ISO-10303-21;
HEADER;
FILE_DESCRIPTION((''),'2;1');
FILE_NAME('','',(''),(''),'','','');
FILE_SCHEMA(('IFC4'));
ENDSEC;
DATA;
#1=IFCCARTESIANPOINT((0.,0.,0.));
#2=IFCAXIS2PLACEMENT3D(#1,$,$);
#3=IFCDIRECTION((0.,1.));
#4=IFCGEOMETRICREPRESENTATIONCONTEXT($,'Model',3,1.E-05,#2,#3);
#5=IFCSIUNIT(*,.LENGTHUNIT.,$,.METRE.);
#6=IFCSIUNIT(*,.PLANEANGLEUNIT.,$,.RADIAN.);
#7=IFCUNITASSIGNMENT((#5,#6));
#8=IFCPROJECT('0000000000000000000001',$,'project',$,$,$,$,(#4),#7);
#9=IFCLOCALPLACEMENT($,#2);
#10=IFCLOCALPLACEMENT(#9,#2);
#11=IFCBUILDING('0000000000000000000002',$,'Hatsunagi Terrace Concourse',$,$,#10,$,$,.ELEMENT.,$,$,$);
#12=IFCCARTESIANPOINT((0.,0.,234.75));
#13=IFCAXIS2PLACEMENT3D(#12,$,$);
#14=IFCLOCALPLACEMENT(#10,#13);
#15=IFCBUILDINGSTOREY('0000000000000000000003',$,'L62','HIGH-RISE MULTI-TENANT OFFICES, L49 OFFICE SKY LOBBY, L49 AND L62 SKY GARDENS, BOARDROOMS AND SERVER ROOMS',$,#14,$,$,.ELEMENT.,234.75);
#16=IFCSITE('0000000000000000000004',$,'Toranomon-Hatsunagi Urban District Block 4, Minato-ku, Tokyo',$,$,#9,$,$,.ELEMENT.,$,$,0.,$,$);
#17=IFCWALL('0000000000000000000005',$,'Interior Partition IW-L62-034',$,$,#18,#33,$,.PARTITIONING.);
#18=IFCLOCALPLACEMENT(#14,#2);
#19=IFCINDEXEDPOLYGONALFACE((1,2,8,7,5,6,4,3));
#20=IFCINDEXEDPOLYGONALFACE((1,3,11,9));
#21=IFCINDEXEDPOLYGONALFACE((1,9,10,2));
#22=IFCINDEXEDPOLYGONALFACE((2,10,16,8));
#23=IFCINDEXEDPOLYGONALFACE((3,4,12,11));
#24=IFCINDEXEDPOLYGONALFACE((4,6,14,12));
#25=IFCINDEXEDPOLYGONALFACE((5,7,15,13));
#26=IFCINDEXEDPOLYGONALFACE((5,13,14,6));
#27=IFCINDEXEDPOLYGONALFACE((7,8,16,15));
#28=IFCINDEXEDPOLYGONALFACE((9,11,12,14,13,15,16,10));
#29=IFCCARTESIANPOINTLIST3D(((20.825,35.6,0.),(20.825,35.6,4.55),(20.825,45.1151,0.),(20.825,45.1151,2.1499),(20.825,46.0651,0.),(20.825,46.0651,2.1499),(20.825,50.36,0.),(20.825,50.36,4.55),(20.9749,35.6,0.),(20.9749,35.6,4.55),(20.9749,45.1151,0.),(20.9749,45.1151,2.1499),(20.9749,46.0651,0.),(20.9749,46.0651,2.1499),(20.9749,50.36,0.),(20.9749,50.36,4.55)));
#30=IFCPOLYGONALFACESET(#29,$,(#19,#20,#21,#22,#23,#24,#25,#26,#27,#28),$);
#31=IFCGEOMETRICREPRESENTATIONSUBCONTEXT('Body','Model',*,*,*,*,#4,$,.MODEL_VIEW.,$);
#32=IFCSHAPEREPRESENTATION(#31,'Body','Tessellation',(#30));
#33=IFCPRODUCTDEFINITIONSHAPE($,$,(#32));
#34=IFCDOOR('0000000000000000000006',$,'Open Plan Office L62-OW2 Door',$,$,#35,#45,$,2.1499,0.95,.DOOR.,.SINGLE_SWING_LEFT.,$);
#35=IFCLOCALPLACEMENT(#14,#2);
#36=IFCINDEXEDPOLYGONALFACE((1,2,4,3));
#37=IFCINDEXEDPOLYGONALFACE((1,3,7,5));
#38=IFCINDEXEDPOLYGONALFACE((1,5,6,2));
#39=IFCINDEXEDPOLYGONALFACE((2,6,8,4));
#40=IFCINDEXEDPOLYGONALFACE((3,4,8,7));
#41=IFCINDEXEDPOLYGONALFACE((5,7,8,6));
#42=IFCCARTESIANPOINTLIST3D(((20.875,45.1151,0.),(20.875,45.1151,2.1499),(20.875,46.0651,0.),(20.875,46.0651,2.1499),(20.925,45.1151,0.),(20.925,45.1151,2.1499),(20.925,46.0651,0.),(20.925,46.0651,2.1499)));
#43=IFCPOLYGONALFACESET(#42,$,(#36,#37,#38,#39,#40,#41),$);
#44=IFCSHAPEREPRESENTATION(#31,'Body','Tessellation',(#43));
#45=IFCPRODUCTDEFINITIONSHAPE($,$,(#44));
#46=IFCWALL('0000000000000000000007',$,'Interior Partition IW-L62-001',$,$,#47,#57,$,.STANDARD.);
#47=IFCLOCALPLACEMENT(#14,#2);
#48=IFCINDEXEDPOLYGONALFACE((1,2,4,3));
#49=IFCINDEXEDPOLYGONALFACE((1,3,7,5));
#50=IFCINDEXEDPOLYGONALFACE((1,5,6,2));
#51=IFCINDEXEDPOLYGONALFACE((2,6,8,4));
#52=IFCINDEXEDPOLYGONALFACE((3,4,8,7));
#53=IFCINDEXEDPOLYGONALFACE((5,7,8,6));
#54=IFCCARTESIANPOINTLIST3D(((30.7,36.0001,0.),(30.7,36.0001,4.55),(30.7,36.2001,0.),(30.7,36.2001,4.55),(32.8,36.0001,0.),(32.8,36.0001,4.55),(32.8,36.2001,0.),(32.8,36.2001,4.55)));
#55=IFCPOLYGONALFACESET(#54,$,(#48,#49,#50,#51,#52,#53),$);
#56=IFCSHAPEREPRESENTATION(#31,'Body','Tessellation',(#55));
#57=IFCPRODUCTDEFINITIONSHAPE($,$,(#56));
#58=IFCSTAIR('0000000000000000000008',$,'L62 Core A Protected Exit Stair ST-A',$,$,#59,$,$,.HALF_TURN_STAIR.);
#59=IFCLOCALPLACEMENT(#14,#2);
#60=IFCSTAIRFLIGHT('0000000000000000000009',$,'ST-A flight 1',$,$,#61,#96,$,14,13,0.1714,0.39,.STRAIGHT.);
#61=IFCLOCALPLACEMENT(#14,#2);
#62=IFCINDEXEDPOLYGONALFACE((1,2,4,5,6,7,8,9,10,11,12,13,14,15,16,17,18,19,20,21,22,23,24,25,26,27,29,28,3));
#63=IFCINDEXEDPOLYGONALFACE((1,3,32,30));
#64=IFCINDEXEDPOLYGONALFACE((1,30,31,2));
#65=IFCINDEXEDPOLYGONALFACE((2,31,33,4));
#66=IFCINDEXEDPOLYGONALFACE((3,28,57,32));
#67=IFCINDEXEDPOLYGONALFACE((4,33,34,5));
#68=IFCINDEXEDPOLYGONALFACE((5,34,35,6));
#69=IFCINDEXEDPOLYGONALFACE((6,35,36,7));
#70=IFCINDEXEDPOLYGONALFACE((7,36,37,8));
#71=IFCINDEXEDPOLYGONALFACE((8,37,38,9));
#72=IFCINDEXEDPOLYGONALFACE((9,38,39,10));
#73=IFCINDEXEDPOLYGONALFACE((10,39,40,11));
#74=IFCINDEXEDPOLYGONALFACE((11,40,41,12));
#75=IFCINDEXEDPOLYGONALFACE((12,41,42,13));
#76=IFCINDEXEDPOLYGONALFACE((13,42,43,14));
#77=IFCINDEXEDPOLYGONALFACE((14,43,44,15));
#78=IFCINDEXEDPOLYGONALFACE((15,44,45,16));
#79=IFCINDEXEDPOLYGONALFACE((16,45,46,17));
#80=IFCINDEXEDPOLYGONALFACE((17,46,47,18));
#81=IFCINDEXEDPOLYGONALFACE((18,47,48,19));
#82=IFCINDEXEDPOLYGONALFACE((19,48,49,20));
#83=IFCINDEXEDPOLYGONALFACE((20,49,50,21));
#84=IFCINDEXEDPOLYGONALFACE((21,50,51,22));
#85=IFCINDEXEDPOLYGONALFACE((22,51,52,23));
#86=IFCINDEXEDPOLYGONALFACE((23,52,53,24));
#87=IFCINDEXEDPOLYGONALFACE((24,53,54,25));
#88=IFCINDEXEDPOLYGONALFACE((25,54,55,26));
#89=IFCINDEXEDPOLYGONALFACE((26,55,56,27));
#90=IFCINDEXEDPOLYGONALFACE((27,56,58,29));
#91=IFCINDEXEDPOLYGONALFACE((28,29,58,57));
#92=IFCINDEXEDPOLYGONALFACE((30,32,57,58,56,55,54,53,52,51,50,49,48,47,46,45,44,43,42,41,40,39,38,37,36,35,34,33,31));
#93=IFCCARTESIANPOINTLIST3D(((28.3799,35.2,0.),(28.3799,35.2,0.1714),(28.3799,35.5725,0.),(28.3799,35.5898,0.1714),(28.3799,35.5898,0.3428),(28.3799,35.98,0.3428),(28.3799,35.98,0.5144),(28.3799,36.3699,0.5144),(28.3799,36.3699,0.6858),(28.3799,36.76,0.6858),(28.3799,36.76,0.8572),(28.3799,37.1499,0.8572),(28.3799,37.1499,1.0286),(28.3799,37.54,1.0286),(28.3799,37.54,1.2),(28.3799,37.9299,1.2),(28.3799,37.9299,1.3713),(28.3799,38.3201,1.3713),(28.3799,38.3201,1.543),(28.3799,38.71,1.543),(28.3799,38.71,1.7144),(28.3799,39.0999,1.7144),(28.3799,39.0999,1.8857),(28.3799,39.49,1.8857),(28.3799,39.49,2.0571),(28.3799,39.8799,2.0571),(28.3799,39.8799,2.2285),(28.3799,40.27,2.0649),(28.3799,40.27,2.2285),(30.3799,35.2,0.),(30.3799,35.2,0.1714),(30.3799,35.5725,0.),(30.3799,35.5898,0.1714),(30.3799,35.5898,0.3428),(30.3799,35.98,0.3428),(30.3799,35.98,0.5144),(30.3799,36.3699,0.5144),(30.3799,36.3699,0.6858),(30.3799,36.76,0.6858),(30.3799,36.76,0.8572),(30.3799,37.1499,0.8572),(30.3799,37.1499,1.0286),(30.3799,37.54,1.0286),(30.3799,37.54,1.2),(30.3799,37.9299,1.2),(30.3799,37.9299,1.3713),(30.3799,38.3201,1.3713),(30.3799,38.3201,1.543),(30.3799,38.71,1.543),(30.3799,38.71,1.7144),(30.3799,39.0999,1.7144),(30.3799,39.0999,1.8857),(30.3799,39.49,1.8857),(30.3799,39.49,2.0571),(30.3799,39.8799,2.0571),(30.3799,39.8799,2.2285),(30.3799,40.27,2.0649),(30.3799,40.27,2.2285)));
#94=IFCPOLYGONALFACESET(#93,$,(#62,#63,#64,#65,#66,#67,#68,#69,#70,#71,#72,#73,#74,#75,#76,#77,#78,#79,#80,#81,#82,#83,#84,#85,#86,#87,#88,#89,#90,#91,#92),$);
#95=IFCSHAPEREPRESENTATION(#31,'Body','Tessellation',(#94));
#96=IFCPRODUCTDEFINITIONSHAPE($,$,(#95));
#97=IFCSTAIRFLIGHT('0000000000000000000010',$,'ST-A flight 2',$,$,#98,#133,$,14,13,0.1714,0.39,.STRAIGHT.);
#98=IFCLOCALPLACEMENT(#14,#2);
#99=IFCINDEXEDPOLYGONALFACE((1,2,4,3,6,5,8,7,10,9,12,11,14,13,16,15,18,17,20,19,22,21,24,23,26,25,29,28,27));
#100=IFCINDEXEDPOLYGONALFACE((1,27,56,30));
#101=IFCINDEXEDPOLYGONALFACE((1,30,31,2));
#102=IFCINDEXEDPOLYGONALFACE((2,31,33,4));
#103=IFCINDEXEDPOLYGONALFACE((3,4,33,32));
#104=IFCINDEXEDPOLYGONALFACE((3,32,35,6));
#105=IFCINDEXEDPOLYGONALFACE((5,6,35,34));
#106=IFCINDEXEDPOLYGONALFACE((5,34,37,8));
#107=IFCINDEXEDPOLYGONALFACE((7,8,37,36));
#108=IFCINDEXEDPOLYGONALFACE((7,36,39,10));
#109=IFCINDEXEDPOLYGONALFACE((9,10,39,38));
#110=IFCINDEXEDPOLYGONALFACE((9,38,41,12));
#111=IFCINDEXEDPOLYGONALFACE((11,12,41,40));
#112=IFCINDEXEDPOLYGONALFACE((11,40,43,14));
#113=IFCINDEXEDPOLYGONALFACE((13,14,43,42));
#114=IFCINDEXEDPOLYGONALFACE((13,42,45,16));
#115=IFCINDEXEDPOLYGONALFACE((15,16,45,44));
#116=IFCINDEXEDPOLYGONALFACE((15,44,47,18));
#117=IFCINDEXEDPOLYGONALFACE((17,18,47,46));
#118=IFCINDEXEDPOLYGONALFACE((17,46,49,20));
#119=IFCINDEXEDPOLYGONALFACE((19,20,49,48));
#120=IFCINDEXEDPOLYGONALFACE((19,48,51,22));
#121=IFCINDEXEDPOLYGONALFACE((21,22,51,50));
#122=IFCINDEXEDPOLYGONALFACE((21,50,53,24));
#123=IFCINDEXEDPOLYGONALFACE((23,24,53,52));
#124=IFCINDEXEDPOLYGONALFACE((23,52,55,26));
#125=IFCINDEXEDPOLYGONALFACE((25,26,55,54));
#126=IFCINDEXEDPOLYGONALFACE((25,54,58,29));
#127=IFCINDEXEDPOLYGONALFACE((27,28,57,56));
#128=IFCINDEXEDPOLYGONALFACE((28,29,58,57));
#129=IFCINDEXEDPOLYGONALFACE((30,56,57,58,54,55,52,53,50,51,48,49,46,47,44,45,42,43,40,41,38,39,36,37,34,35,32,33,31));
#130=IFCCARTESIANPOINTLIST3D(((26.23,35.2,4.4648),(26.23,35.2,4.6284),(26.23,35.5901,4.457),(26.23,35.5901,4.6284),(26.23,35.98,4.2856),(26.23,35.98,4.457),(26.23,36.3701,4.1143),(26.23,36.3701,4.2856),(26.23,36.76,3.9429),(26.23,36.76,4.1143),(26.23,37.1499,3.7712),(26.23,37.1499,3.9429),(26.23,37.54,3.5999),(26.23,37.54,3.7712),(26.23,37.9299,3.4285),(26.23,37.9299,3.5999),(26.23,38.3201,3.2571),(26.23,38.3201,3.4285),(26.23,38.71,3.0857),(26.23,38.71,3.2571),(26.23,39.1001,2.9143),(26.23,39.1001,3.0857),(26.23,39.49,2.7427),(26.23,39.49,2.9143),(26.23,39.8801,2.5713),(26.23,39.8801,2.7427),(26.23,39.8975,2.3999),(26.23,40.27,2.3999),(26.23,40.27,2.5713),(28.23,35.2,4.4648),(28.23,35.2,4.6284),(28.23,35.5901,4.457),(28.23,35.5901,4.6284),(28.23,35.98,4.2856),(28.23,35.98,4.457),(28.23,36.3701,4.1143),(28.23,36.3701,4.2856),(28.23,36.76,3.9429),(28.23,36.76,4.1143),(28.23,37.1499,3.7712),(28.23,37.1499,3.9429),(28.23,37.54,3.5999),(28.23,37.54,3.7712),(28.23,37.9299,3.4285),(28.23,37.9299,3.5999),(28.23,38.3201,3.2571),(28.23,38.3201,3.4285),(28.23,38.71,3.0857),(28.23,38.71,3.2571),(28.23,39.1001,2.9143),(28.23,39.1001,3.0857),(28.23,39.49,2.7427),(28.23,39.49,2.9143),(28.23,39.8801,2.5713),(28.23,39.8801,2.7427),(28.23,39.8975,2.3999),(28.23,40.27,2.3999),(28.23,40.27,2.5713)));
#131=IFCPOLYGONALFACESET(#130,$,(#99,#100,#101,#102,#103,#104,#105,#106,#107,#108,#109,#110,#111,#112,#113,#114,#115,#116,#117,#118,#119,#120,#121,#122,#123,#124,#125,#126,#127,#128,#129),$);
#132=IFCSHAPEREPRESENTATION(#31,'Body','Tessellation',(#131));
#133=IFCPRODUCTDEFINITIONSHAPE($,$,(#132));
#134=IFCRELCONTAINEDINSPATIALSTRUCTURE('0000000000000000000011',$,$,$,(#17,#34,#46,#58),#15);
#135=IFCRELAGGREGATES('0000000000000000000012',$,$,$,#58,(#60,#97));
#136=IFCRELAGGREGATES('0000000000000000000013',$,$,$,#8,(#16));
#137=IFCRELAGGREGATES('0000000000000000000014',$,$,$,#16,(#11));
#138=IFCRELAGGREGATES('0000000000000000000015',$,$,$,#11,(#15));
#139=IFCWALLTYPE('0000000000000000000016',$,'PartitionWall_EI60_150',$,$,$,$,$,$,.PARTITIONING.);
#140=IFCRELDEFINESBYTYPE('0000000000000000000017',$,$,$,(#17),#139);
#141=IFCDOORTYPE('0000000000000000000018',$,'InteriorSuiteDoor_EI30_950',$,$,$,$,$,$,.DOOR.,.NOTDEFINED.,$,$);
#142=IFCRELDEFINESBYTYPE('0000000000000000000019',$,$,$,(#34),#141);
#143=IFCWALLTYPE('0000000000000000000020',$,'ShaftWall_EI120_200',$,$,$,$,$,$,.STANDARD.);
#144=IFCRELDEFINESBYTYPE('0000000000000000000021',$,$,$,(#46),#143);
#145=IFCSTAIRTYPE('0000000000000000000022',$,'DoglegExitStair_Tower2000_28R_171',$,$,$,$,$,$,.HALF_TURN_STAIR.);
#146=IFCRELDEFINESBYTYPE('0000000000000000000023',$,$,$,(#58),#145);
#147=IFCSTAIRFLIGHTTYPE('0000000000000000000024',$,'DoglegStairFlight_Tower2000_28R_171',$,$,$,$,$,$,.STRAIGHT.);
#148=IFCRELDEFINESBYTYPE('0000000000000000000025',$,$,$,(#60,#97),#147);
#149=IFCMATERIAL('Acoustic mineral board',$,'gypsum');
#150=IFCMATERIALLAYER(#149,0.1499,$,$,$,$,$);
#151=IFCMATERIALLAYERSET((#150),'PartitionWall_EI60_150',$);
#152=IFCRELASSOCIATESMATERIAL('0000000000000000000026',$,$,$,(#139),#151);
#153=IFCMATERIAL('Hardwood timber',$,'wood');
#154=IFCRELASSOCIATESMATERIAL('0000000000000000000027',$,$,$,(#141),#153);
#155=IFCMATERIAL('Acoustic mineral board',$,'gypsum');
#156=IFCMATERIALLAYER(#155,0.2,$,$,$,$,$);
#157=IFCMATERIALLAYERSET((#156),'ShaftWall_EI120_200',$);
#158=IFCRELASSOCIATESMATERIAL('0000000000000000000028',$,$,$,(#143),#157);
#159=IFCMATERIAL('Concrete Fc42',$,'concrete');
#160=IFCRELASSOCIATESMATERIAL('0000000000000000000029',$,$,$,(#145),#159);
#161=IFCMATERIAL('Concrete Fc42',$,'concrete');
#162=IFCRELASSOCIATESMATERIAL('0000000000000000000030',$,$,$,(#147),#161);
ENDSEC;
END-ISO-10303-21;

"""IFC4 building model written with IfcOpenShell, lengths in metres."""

from ifc_helpers import new_model, si_unit, direction, frame, frame_2d, origin, place, context, subcontext, project, spatial, polyline, rectangle, outline, extrude, material, layer, layer_set, type_object, element, fill, aggregate, save


model = new_model("IFC4")

# Units and contexts
model_context = context("Model", 3, precision=1e-05, world=origin(), true_north=direction((0.0, 1.0)))
body_context = subcontext(model_context, "Body", "Model", "MODEL_VIEW")
ifc_project = project(units=[si_unit("LENGTHUNIT", "METRE"), si_unit("PLANEANGLEUNIT", "RADIAN")], contexts=[model_context])

# Site, building, storey
site_placement = place(None, origin())
site = spatial("IfcSite", under=ifc_project, at=site_placement, Name="Toranomon-Hatsunagi Urban District Block 4, Minato-ku, Tokyo", CompositionType="ELEMENT", RefElevation=0.0)
building_placement = place(site_placement, origin())
building = spatial("IfcBuilding", under=site, at=building_placement, Name="Hatsunagi Terrace Concourse", CompositionType="ELEMENT")
storey_placement = place(building_placement, frame((0.0, 0.0, 234.75)))
storey = spatial("IfcBuildingStorey", under=building, at=storey_placement, Name="L62", Description="HIGH-RISE MULTI-TENANT OFFICES, L49 OFFICE SKY LOBBY, L49 AND L62 SKY GARDENS, BOARDROOMS AND SERVER ROOMS", CompositionType="ELEMENT", Elevation=234.75)

# Shared definitions
ifc_material_1 = material(Name="Acoustic mineral board", Category="gypsum")
ifc_layer_1 = layer(ifc_material_1, 0.1499)
ifc_layer_set_1 = layer_set([ifc_layer_1], Name="PartitionWall_EI60_150")
wall_type_1 = type_object("IfcWallType", Name="PartitionWall_EI60_150", PredefinedType="PARTITIONING", material=ifc_layer_set_1)

# Wall, opening, door
wall_1_placement = place(storey_placement, frame((20.8999, 35.6001, 0.0), z_axis=(0.0, 0.0, 1.0), x_axis=(0.0, 1.0, 0.0)))
wall_1 = element("IfcWall", 1, at=wall_1_placement, inside=storey, type_object=wall_type_1, Name="Interior Partition IW-L62-034", PredefinedType="PARTITIONING", context=body_context, shape_type="SweptSolid", body=[
    extrude(rectangle(XDim=14.76, YDim=0.1499, at=frame_2d((7.3799, 0.0))), origin(), (0.0, 0.0, 1.0), 4.55),
])
opening_1_placement = place(wall_1_placement, frame((9.5149, 0.0, 0.0)))
opening_1 = element("IfcOpeningElement", 2, at=opening_1_placement, cuts=wall_1, PredefinedType="OPENING", context=body_context, shape_type="SweptSolid", body=[
    extrude(rectangle(XDim=0.95, YDim=2.1499, at=frame_2d((0.4751, 1.075))), frame((0.0, 0.085, 0.0), z_axis=(0.0, -1.0, 0.0), x_axis=(1.0, 0.0, 0.0)), (0.0, 0.0, 1.0), 0.1699),
])
ifc_material_2 = material(Name="Hardwood timber", Category="wood")
door_type_1 = type_object("IfcDoorType", Name="InteriorSuiteDoor_EI30_950", OperationType="NOTDEFINED", PredefinedType="DOOR", material=ifc_material_2)
door_1_placement = place(opening_1_placement, origin())
door_1 = element("IfcDoor", 3, at=door_1_placement, inside=storey, type_object=door_type_1, Name="Open Plan Office L62-OW2 Door", OperationType="SINGLE_SWING_LEFT", OverallHeight=2.1499, OverallWidth=0.95, PredefinedType="DOOR", context=body_context, shape_type="SweptSolid", body=[
    extrude(rectangle(XDim=0.95, YDim=2.1499, at=frame_2d((0.4751, 1.075))), frame((0.0, 0.0249, 0.0), z_axis=(0.0, -1.0, 0.0), x_axis=(1.0, 0.0, 0.0)), (0.0, 0.0, 1.0), 0.05),
])
fill(opening_1, door_1)

# Wall
ifc_material_3 = material(Name="Acoustic mineral board", Category="gypsum")
ifc_layer_2 = layer(ifc_material_3, 0.2)
ifc_layer_set_2 = layer_set([ifc_layer_2], Name="ShaftWall_EI120_200")
wall_type_2 = type_object("IfcWallType", Name="ShaftWall_EI120_200", PredefinedType="STANDARD", material=ifc_layer_set_2)
wall_2_placement = place(storey_placement, frame((30.7, 36.1001, 0.0), z_axis=(0.0, 0.0, 1.0), x_axis=(1.0, 0.0, 0.0)))
element("IfcWall", 4, at=wall_2_placement, inside=storey, type_object=wall_type_2, Name="Interior Partition IW-L62-001", PredefinedType="STANDARD", context=body_context, shape_type="SweptSolid", body=[
    extrude(rectangle(XDim=2.1001, YDim=0.2, at=frame_2d((1.05, 0.0))), origin(), (0.0, 0.0, 1.0), 4.55),
])

# Stair, stair flights
ifc_material_4 = material(Name="Concrete Fc42", Category="concrete")
stair_type = type_object("IfcStairType", Name="DoglegExitStair_Tower2000_28R_171", PredefinedType="HALF_TURN_STAIR", material=ifc_material_4)
stair_placement = place(storey_placement, origin())
stair = element("IfcStair", 5, at=stair_placement, inside=storey, type_object=stair_type, Name="L62 Core A Protected Exit Stair ST-A", PredefinedType="HALF_TURN_STAIR")
ifc_material_5 = material(Name="Concrete Fc42", Category="concrete")
stair_flight_type = type_object("IfcStairFlightType", Name="DoglegStairFlight_Tower2000_28R_171", PredefinedType="STRAIGHT", material=ifc_material_5)
stair_flight_1_placement = place(storey_placement, frame((29.3799, 35.2, 0.0), z_axis=(0.0, 0.0, 1.0), x_axis=(0.0, 1.0, 0.0)))
stair_flight_1 = element("IfcStairFlight", 6, at=stair_flight_1_placement, type_object=stair_flight_type, Name="ST-A flight 1", NumberOfRisers=14, NumberOfTreads=13, PredefinedType="STRAIGHT", RiserHeight=0.1714, TreadLength=0.39, context=body_context, shape_type="SweptSolid", body=[
    extrude(outline(polyline([(0.0, 0.0), (0.0, 0.1714), (0.3899, 0.1714), (0.3899, 0.3428), (0.78, 0.3428), (0.78, 0.5144), (1.1699, 0.5144), (1.1699, 0.6858), (1.5601, 0.6858), (1.5601, 0.8572), (1.95, 0.8572), (1.95, 1.0286), (2.3401, 1.0286), (2.3401, 1.2), (2.73, 1.2), (2.73, 1.3713), (3.1201, 1.3713), (3.1201, 1.543), (3.51, 1.543), (3.51, 1.7144), (3.8999, 1.7144), (3.8999, 1.8857), (4.29, 1.8857), (4.29, 2.0571), (4.6799, 2.0571), (4.6799, 2.2285), (5.0701, 2.2285), (5.0701, 2.3999), (5.0701, 2.0649), (0.3726, 0.0), (0.0, 0.0)])), frame((0.0, 1.0, 0.0), z_axis=(0.0, -1.0, 0.0), x_axis=(1.0, 0.0, 0.0)), (0.0, 0.0, 1.0), 2.0),
])
stair_flight_2_placement = place(storey_placement, frame((27.23, 40.27, 2.3999), z_axis=(0.0, 0.0, 1.0), x_axis=(0.0, -1.0, 0.0)))
stair_flight_2 = element("IfcStairFlight", 7, at=stair_flight_2_placement, type_object=stair_flight_type, Name="ST-A flight 2", NumberOfRisers=14, NumberOfTreads=13, PredefinedType="STRAIGHT", RiserHeight=0.1714, TreadLength=0.39, context=body_context, shape_type="SweptSolid", body=[
    extrude(outline(polyline([(0.0, 0.0), (0.0, 0.1714), (0.3899, 0.1714), (0.3899, 0.3428), (0.78, 0.3428), (0.78, 0.5144), (1.1699, 0.5144), (1.1699, 0.6858), (1.5601, 0.6858), (1.5601, 0.8572), (1.95, 0.8572), (1.95, 1.0286), (2.3401, 1.0286), (2.3401, 1.2), (2.73, 1.2), (2.73, 1.3713), (3.1201, 1.3713), (3.1201, 1.543), (3.51, 1.543), (3.51, 1.7144), (3.8999, 1.7144), (3.8999, 1.8857), (4.29, 1.8857), (4.29, 2.0571), (4.6799, 2.0571), (4.6799, 2.2285), (5.0701, 2.2285), (5.0701, 2.3999), (5.0701, 2.0649), (0.3726, 0.0), (0.0, 0.0)])), frame((0.0, 1.0, 0.0), z_axis=(0.0, -1.0, 0.0), x_axis=(1.0, 0.0, 0.0)), (0.0, 0.0, 1.0), 2.0),
])
aggregate(stair, [stair_flight_1, stair_flight_2])

save(model, "model.ifc")
